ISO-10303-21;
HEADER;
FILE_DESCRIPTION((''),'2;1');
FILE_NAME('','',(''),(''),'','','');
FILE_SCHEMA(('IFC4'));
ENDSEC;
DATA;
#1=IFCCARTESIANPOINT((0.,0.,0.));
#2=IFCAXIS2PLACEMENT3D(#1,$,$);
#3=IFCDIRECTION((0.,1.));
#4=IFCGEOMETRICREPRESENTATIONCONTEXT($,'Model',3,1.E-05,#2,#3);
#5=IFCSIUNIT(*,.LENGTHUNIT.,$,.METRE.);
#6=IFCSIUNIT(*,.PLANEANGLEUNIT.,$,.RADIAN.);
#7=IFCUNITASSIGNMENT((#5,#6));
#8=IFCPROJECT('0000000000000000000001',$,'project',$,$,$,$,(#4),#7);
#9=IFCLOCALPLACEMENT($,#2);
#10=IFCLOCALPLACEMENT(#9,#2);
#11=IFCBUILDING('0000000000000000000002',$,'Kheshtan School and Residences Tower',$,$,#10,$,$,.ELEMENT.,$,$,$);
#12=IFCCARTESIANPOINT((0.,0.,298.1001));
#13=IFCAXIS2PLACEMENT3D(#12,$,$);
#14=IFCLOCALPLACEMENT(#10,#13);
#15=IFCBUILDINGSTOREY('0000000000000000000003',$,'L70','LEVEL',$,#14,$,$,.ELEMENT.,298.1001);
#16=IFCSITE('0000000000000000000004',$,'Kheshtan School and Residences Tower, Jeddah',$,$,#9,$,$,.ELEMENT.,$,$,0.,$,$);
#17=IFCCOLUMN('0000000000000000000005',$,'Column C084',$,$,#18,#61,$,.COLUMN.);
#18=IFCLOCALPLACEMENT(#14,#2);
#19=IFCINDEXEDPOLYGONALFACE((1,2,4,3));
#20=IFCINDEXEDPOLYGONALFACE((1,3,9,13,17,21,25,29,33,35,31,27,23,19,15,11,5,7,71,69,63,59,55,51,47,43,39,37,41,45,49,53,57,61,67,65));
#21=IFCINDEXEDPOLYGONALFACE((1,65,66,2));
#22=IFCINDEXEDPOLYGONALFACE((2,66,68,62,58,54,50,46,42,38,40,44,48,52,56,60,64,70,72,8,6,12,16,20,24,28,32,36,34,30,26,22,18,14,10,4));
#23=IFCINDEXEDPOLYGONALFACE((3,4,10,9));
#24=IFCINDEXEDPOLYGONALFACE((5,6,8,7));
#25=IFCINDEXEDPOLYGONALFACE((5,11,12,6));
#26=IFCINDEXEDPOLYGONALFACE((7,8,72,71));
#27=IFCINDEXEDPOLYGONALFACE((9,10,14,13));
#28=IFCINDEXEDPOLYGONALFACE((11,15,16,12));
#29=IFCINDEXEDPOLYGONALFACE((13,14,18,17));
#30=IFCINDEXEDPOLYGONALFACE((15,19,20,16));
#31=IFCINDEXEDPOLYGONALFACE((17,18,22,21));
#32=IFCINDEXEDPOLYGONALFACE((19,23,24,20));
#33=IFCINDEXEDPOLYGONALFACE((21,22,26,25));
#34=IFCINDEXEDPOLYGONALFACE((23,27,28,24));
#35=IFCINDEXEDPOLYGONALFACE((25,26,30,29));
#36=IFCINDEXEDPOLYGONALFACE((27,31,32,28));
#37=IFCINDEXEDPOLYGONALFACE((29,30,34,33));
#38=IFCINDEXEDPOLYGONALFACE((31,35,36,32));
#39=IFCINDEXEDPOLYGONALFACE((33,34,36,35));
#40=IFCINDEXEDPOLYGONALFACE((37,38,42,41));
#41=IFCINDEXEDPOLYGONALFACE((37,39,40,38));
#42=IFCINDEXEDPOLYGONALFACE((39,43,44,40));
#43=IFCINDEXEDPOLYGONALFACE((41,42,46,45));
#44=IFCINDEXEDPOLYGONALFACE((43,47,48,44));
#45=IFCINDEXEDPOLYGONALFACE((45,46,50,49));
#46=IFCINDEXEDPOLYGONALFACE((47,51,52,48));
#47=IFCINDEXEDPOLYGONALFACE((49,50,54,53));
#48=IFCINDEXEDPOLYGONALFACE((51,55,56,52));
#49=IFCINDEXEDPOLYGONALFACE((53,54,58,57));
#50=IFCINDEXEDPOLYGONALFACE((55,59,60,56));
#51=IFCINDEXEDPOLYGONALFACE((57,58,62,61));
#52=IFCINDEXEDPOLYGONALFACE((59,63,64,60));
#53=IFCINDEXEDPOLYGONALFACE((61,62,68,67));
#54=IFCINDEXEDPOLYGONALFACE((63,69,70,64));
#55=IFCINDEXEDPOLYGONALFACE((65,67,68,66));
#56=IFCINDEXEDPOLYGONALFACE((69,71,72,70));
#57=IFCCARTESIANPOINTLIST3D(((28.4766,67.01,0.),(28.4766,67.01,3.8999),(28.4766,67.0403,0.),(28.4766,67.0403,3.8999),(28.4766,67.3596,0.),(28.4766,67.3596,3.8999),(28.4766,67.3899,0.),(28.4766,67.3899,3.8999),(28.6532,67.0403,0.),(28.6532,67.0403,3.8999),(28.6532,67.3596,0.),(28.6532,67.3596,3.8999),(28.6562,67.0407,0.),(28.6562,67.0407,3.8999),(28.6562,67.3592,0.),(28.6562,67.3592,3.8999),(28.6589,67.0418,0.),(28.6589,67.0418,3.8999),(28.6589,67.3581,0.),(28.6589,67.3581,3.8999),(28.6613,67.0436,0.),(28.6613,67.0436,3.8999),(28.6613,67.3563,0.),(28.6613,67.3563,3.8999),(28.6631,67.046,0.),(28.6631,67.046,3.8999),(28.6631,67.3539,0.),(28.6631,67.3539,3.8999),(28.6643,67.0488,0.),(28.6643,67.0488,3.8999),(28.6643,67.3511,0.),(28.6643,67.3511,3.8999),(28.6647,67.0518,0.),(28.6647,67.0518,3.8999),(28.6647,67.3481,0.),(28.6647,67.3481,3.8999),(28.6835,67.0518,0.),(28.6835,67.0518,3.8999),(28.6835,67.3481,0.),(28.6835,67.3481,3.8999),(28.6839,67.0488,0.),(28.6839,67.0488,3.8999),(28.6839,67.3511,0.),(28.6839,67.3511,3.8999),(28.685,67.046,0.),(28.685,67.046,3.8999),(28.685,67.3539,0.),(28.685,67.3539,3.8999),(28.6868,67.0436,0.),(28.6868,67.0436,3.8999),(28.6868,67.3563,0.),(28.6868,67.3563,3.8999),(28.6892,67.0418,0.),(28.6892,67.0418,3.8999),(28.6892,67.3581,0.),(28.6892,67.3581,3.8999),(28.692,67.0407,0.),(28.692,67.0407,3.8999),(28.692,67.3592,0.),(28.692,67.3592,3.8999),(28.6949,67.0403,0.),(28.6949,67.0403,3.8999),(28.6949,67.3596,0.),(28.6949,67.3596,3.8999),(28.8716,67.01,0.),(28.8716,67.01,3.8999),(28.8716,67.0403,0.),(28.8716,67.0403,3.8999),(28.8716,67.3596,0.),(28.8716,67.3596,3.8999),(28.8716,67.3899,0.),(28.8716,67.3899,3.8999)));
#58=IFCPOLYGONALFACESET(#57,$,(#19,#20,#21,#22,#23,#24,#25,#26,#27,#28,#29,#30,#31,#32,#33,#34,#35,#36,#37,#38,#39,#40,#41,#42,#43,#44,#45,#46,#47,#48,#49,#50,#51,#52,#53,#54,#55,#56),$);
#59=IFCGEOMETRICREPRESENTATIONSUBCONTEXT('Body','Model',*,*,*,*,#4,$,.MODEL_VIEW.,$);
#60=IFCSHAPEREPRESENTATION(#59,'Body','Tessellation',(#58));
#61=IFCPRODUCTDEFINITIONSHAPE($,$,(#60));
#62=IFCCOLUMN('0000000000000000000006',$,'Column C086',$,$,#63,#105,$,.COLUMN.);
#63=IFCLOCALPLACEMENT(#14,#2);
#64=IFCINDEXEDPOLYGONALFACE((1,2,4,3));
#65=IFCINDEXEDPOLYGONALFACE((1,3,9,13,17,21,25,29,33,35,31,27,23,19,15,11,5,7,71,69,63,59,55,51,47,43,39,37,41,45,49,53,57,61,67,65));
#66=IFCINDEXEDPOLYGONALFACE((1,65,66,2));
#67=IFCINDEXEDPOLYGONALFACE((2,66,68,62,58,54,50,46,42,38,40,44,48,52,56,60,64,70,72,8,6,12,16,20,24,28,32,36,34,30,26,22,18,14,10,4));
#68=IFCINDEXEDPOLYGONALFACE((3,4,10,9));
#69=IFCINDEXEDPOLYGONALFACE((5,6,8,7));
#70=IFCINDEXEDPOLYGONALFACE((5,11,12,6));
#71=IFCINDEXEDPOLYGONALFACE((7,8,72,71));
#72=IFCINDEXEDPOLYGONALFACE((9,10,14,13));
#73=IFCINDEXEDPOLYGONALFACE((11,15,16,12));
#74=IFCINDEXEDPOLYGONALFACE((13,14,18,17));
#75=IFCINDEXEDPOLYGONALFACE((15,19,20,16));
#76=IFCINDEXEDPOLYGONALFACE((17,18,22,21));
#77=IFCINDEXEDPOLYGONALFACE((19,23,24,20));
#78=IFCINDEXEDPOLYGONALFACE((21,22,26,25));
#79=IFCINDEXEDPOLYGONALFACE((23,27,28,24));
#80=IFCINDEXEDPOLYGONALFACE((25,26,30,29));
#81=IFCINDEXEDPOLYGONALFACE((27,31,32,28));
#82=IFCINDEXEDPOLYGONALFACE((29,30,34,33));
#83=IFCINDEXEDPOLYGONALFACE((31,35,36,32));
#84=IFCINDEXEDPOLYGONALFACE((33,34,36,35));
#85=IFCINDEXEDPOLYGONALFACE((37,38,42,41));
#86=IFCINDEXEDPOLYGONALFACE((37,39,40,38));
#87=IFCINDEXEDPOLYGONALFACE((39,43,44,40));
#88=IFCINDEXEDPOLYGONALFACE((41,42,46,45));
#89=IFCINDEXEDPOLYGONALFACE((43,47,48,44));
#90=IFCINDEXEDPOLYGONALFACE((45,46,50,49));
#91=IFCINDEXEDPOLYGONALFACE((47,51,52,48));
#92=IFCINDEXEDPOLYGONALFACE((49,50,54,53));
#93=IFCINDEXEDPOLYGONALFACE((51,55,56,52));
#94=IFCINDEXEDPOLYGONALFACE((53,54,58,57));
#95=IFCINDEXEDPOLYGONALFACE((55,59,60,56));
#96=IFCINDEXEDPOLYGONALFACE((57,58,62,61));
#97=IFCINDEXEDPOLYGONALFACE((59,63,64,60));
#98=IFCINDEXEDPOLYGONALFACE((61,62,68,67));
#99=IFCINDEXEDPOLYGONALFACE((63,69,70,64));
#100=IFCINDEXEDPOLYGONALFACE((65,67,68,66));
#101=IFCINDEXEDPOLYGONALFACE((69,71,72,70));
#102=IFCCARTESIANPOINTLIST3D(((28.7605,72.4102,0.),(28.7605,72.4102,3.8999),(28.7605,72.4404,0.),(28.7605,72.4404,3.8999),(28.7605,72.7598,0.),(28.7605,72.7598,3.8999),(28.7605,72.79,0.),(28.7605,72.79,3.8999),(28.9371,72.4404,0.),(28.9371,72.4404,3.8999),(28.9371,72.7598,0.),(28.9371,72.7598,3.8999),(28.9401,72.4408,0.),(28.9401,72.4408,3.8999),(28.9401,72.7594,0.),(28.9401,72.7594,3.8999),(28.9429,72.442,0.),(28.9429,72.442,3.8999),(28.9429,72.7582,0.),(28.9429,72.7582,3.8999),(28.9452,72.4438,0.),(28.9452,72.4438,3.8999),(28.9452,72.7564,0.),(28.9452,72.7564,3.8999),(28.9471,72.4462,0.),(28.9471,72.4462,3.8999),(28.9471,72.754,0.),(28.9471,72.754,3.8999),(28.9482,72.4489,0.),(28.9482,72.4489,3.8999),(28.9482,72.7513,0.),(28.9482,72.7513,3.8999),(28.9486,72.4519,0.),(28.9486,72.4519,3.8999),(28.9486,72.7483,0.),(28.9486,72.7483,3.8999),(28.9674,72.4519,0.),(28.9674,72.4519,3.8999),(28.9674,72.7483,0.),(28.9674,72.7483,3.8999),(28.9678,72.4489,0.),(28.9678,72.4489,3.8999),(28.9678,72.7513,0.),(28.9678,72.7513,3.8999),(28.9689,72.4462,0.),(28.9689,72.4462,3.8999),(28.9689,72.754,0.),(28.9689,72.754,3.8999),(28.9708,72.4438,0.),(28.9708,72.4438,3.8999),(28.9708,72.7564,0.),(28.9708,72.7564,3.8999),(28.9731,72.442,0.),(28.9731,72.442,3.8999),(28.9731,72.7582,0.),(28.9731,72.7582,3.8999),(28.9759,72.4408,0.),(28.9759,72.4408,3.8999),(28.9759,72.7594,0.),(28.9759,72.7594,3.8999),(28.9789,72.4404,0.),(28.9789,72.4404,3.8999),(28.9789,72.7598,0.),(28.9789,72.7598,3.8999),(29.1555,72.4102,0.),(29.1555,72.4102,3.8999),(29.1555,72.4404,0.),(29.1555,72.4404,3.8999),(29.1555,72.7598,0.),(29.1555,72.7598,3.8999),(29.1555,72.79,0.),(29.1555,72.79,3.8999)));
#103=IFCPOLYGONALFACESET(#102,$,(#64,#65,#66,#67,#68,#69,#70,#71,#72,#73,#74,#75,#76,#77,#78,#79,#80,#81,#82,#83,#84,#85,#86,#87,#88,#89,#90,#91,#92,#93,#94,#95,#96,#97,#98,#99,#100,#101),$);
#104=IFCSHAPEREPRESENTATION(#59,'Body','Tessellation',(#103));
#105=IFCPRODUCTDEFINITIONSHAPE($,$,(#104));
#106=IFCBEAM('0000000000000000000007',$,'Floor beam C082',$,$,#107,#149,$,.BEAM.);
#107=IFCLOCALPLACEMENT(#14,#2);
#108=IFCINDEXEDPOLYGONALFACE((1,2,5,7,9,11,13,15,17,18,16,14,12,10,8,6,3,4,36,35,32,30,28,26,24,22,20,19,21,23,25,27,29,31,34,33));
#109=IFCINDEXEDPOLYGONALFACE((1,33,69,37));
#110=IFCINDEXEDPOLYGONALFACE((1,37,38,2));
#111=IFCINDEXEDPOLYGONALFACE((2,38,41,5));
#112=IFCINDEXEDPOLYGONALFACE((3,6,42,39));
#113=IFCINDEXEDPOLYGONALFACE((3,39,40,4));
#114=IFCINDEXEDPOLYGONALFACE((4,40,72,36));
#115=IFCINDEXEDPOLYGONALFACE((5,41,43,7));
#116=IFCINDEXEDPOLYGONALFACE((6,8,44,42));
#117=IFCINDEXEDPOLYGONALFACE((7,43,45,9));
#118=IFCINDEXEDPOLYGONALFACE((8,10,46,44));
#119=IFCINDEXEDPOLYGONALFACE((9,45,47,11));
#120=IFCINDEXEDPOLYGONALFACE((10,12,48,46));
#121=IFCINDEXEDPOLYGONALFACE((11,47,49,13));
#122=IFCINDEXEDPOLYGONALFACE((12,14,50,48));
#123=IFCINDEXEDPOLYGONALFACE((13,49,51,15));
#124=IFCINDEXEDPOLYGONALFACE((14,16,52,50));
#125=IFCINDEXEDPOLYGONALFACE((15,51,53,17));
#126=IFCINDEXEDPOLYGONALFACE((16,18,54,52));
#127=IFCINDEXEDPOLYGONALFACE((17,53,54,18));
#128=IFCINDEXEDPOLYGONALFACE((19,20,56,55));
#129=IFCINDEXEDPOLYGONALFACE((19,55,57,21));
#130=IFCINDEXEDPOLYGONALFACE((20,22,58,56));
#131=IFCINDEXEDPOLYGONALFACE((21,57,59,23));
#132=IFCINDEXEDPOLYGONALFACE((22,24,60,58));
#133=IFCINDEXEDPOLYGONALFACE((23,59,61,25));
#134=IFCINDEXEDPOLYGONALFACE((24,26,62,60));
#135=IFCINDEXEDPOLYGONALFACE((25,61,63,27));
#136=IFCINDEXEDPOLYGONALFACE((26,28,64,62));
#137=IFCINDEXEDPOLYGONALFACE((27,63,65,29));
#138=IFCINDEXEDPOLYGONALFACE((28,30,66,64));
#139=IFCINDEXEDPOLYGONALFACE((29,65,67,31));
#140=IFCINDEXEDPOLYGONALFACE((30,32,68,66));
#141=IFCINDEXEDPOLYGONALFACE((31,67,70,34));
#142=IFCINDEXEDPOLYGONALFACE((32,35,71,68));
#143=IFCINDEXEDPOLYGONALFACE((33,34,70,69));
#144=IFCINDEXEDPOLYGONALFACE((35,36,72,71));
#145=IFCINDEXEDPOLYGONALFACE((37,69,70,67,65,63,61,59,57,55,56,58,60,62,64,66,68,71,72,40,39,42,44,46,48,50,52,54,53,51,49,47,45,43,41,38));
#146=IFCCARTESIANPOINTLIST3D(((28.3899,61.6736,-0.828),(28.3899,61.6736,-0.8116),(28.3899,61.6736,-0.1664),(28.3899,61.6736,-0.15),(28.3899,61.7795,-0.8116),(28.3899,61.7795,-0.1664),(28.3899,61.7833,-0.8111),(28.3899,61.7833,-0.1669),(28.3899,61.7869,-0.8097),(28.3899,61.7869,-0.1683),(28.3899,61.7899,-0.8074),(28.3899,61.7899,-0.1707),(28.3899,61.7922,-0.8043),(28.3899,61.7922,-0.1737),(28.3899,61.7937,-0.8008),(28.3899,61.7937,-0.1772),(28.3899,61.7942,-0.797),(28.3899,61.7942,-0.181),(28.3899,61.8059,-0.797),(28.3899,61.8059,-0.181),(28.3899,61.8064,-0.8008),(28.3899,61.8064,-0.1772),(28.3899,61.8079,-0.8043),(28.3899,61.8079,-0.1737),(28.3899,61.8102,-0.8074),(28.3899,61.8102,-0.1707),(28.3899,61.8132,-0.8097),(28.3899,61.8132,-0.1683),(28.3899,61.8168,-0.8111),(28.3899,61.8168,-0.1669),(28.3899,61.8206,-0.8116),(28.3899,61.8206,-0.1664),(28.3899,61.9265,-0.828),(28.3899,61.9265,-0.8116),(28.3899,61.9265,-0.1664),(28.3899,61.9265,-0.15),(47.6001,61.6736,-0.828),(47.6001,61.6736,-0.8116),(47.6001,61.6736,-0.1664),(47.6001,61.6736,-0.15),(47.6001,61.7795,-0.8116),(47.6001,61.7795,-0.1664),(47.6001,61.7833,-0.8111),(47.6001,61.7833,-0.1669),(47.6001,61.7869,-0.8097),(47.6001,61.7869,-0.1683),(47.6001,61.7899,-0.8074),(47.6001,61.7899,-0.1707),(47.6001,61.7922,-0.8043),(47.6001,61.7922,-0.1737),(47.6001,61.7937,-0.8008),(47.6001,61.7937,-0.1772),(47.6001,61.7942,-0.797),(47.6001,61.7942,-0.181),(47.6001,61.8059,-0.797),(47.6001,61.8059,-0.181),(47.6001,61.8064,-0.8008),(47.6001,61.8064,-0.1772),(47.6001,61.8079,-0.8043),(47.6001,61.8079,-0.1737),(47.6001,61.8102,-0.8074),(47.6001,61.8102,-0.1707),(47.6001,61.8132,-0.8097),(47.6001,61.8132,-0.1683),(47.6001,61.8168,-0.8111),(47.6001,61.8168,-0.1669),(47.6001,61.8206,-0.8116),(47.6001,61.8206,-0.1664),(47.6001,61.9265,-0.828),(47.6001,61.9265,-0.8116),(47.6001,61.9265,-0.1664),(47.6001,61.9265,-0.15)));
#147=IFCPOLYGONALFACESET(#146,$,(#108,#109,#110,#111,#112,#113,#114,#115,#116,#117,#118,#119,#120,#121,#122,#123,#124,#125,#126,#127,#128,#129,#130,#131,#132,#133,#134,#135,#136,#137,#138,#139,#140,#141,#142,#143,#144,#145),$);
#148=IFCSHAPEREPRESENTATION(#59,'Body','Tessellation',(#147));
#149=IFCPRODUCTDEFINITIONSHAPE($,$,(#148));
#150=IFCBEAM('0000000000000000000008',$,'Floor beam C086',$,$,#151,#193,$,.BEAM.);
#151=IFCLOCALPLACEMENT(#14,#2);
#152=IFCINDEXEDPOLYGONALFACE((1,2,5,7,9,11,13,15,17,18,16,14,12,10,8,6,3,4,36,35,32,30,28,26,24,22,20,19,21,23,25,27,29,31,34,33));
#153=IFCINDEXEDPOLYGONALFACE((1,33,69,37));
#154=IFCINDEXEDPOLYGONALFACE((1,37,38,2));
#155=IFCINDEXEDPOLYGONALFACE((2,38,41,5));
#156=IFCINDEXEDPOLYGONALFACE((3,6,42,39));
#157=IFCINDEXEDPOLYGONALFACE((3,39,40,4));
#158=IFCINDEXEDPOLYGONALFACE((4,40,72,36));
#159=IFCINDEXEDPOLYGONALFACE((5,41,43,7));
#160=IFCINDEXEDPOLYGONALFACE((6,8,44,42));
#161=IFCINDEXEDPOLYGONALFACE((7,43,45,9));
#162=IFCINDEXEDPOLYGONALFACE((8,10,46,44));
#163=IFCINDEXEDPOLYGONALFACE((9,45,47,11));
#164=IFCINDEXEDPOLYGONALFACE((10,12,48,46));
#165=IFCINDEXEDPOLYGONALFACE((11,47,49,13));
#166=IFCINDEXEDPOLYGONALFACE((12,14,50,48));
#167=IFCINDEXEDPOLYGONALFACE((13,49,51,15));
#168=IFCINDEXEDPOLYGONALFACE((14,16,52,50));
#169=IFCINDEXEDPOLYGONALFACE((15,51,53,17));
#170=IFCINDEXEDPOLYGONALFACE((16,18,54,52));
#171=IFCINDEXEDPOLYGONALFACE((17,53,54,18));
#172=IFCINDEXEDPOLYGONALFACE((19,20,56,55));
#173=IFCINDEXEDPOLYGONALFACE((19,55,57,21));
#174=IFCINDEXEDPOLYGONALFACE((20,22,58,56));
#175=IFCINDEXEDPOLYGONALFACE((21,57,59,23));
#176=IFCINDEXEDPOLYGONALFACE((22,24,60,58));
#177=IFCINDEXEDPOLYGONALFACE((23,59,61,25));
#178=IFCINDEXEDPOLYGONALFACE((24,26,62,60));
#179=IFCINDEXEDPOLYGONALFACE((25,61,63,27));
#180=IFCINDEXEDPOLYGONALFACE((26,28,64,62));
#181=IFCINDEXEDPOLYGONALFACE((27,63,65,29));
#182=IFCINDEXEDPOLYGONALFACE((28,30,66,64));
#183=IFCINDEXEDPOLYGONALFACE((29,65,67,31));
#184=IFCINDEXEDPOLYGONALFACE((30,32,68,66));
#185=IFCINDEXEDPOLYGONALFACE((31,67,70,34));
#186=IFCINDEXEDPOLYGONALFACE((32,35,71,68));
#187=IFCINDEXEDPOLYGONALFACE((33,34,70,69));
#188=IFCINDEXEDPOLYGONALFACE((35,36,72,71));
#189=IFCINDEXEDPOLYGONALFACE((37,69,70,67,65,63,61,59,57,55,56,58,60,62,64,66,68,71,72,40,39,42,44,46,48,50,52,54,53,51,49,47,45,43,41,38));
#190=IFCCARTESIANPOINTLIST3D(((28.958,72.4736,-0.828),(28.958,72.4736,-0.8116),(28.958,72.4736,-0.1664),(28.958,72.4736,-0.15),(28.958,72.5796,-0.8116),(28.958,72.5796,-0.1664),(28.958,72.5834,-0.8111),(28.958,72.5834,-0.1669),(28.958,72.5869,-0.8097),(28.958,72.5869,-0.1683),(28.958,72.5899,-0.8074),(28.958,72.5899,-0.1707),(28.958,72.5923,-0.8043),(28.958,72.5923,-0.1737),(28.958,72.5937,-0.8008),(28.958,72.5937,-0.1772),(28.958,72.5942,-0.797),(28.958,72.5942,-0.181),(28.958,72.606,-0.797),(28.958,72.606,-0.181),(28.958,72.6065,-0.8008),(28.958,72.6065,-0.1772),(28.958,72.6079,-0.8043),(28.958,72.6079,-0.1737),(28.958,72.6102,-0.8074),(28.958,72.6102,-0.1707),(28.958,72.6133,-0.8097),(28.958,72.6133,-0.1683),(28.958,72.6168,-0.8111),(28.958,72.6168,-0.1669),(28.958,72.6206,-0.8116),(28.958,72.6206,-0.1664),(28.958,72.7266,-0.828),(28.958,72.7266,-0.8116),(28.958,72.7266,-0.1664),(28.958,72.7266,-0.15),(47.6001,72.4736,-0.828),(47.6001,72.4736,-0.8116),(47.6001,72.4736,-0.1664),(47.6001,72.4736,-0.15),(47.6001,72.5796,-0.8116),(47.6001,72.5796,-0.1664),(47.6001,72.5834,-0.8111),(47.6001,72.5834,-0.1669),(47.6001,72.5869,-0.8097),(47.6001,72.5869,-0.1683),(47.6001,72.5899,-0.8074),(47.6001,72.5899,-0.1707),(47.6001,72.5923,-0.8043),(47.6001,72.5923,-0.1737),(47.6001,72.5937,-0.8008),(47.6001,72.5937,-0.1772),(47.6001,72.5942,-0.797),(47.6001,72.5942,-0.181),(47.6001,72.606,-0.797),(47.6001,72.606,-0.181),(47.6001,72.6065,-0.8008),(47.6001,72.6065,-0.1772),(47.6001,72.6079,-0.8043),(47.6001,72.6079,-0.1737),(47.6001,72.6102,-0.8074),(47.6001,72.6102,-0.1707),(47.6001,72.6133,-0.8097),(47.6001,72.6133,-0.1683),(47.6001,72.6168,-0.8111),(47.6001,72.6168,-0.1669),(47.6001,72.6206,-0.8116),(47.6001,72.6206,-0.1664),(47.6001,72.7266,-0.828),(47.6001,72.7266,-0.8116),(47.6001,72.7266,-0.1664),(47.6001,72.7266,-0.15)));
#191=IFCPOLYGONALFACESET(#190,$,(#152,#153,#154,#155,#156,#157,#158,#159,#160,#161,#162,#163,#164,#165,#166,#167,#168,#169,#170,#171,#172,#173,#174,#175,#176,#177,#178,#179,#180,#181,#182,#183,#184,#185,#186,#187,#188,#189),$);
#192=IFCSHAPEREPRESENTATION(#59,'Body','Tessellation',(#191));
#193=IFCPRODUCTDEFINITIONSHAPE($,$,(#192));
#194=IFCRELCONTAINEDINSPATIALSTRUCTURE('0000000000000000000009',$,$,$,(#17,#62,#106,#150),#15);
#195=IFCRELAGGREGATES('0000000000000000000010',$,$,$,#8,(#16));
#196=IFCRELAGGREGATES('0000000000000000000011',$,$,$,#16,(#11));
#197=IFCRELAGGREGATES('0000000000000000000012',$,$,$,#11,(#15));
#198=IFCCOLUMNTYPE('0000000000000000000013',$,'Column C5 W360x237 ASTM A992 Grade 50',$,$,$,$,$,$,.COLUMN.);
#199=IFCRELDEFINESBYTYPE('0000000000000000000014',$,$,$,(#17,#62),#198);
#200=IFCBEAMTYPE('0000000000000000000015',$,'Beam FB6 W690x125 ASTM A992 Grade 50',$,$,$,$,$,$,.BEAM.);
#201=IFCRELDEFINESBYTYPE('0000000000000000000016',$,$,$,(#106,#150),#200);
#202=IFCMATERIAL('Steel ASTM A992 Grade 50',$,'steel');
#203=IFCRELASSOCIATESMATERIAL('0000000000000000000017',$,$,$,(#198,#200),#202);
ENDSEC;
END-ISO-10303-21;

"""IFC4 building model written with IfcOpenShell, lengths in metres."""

from ifc_helpers import new_model, si_unit, direction, frame, origin, origin_2d, place, context, subcontext, project, spatial, i_section, extrude, material, material_profile, profile_set, type_object, element, save


model = new_model("IFC4")

# Units and contexts
model_context = context("Model", 3, precision=1e-05, world=origin(), true_north=direction((0.0, 1.0)))
body_context = subcontext(model_context, "Body", "Model", "MODEL_VIEW")
ifc_project = project(units=[si_unit("LENGTHUNIT", "METRE"), si_unit("PLANEANGLEUNIT", "RADIAN")], contexts=[model_context])

# Site, building, storey
site_placement = place(None, origin())
site = spatial("IfcSite", under=ifc_project, at=site_placement, Name="Kheshtan School and Residences Tower, Jeddah", CompositionType="ELEMENT", RefElevation=0.0)
building_placement = place(site_placement, origin())
building = spatial("IfcBuilding", under=site, at=building_placement, Name="Kheshtan School and Residences Tower", CompositionType="ELEMENT")
storey_placement = place(building_placement, frame((0.0, 0.0, 298.1001)))
storey = spatial("IfcBuildingStorey", under=building, at=storey_placement, Name="L70", Description="LEVEL", CompositionType="ELEMENT", Elevation=298.1001)

# Columns
ifc_material_1 = material(Name="Steel ASTM A992 Grade 50", Category="steel")
ifc_material_profile_1 = material_profile(ifc_material_1, i_section(OverallWidth=0.395, OverallDepth=0.3799, WebThickness=0.0188, FlangeThickness=0.0303, FilletRadius=0.0115, at=origin_2d()), Name="W360x237")
ifc_profile_set_1 = profile_set([ifc_material_profile_1], Name="Steel ASTM A992 Grade 50")
column_type = type_object("IfcColumnType", Name="Column C5 W360x237 ASTM A992 Grade 50", PredefinedType="COLUMN", material=ifc_profile_set_1)
for number, where, z_axis, x_axis, name in (
    (1, (28.6741, 67.2, 0.0), (0.0, 0.0, 1.0), (1.0, 0.0, 0.0), "Column C084"),
    (2, (28.958, 72.6001, 0.0), (0.0, 0.0, 1.0), (1.0, 0.0, 0.0), "Column C086"),
):
    element("IfcColumn", number, at=place(storey_placement, frame(where, z_axis=z_axis, x_axis=x_axis)), inside=storey, type_object=column_type, Name=name, PredefinedType="COLUMN", context=body_context, shape_type="SweptSolid", body=[
        extrude(i_section(OverallWidth=0.395, OverallDepth=0.3799, WebThickness=0.0188, FlangeThickness=0.0303, FilletRadius=0.0115, at=origin_2d()), origin(), (0.0, 0.0, 1.0), 3.8999),
    ])

# Beams
ifc_material_profile_2 = material_profile(ifc_material_1, i_section(OverallWidth=0.2529, OverallDepth=0.678, WebThickness=0.0117, FlangeThickness=0.0164, FilletRadius=0.0146, at=origin_2d()), Name="W690x125")
ifc_profile_set_2 = profile_set([ifc_material_profile_2], Name="Steel ASTM A992 Grade 50")
beam_type_1 = type_object("IfcBeamType", Name="Beam FB6 W690x125 ASTM A992 Grade 50", PredefinedType="BEAM", material=ifc_profile_set_2)
beam_1_placement = place(storey_placement, frame((28.3899, 61.8, -0.489), z_axis=(1.0, 0.0, 0.0), x_axis=(0.0, 1.0, 0.0)))
element("IfcBeam", 3, at=beam_1_placement, inside=storey, type_object=beam_type_1, Name="Floor beam C082", PredefinedType="BEAM", context=body_context, shape_type="SweptSolid", body=[
    extrude(i_section(OverallWidth=0.2529, OverallDepth=0.678, WebThickness=0.0117, FlangeThickness=0.0164, FilletRadius=0.0146, at=origin_2d()), origin(), (0.0, 0.0, 1.0), 19.2102),
])
beam_2_placement = place(storey_placement, frame((28.958, 72.6001, -0.489), z_axis=(1.0, 0.0, 0.0), x_axis=(0.0, 1.0, 0.0)))
element("IfcBeam", 4, at=beam_2_placement, inside=storey, type_object=beam_type_1, Name="Floor beam C086", PredefinedType="BEAM", context=body_context, shape_type="SweptSolid", body=[
    extrude(i_section(OverallWidth=0.2529, OverallDepth=0.678, WebThickness=0.0117, FlangeThickness=0.0164, FilletRadius=0.0146, at=origin_2d()), origin(), (0.0, 0.0, 1.0), 18.6421),
])

save(model, "model.ifc")
